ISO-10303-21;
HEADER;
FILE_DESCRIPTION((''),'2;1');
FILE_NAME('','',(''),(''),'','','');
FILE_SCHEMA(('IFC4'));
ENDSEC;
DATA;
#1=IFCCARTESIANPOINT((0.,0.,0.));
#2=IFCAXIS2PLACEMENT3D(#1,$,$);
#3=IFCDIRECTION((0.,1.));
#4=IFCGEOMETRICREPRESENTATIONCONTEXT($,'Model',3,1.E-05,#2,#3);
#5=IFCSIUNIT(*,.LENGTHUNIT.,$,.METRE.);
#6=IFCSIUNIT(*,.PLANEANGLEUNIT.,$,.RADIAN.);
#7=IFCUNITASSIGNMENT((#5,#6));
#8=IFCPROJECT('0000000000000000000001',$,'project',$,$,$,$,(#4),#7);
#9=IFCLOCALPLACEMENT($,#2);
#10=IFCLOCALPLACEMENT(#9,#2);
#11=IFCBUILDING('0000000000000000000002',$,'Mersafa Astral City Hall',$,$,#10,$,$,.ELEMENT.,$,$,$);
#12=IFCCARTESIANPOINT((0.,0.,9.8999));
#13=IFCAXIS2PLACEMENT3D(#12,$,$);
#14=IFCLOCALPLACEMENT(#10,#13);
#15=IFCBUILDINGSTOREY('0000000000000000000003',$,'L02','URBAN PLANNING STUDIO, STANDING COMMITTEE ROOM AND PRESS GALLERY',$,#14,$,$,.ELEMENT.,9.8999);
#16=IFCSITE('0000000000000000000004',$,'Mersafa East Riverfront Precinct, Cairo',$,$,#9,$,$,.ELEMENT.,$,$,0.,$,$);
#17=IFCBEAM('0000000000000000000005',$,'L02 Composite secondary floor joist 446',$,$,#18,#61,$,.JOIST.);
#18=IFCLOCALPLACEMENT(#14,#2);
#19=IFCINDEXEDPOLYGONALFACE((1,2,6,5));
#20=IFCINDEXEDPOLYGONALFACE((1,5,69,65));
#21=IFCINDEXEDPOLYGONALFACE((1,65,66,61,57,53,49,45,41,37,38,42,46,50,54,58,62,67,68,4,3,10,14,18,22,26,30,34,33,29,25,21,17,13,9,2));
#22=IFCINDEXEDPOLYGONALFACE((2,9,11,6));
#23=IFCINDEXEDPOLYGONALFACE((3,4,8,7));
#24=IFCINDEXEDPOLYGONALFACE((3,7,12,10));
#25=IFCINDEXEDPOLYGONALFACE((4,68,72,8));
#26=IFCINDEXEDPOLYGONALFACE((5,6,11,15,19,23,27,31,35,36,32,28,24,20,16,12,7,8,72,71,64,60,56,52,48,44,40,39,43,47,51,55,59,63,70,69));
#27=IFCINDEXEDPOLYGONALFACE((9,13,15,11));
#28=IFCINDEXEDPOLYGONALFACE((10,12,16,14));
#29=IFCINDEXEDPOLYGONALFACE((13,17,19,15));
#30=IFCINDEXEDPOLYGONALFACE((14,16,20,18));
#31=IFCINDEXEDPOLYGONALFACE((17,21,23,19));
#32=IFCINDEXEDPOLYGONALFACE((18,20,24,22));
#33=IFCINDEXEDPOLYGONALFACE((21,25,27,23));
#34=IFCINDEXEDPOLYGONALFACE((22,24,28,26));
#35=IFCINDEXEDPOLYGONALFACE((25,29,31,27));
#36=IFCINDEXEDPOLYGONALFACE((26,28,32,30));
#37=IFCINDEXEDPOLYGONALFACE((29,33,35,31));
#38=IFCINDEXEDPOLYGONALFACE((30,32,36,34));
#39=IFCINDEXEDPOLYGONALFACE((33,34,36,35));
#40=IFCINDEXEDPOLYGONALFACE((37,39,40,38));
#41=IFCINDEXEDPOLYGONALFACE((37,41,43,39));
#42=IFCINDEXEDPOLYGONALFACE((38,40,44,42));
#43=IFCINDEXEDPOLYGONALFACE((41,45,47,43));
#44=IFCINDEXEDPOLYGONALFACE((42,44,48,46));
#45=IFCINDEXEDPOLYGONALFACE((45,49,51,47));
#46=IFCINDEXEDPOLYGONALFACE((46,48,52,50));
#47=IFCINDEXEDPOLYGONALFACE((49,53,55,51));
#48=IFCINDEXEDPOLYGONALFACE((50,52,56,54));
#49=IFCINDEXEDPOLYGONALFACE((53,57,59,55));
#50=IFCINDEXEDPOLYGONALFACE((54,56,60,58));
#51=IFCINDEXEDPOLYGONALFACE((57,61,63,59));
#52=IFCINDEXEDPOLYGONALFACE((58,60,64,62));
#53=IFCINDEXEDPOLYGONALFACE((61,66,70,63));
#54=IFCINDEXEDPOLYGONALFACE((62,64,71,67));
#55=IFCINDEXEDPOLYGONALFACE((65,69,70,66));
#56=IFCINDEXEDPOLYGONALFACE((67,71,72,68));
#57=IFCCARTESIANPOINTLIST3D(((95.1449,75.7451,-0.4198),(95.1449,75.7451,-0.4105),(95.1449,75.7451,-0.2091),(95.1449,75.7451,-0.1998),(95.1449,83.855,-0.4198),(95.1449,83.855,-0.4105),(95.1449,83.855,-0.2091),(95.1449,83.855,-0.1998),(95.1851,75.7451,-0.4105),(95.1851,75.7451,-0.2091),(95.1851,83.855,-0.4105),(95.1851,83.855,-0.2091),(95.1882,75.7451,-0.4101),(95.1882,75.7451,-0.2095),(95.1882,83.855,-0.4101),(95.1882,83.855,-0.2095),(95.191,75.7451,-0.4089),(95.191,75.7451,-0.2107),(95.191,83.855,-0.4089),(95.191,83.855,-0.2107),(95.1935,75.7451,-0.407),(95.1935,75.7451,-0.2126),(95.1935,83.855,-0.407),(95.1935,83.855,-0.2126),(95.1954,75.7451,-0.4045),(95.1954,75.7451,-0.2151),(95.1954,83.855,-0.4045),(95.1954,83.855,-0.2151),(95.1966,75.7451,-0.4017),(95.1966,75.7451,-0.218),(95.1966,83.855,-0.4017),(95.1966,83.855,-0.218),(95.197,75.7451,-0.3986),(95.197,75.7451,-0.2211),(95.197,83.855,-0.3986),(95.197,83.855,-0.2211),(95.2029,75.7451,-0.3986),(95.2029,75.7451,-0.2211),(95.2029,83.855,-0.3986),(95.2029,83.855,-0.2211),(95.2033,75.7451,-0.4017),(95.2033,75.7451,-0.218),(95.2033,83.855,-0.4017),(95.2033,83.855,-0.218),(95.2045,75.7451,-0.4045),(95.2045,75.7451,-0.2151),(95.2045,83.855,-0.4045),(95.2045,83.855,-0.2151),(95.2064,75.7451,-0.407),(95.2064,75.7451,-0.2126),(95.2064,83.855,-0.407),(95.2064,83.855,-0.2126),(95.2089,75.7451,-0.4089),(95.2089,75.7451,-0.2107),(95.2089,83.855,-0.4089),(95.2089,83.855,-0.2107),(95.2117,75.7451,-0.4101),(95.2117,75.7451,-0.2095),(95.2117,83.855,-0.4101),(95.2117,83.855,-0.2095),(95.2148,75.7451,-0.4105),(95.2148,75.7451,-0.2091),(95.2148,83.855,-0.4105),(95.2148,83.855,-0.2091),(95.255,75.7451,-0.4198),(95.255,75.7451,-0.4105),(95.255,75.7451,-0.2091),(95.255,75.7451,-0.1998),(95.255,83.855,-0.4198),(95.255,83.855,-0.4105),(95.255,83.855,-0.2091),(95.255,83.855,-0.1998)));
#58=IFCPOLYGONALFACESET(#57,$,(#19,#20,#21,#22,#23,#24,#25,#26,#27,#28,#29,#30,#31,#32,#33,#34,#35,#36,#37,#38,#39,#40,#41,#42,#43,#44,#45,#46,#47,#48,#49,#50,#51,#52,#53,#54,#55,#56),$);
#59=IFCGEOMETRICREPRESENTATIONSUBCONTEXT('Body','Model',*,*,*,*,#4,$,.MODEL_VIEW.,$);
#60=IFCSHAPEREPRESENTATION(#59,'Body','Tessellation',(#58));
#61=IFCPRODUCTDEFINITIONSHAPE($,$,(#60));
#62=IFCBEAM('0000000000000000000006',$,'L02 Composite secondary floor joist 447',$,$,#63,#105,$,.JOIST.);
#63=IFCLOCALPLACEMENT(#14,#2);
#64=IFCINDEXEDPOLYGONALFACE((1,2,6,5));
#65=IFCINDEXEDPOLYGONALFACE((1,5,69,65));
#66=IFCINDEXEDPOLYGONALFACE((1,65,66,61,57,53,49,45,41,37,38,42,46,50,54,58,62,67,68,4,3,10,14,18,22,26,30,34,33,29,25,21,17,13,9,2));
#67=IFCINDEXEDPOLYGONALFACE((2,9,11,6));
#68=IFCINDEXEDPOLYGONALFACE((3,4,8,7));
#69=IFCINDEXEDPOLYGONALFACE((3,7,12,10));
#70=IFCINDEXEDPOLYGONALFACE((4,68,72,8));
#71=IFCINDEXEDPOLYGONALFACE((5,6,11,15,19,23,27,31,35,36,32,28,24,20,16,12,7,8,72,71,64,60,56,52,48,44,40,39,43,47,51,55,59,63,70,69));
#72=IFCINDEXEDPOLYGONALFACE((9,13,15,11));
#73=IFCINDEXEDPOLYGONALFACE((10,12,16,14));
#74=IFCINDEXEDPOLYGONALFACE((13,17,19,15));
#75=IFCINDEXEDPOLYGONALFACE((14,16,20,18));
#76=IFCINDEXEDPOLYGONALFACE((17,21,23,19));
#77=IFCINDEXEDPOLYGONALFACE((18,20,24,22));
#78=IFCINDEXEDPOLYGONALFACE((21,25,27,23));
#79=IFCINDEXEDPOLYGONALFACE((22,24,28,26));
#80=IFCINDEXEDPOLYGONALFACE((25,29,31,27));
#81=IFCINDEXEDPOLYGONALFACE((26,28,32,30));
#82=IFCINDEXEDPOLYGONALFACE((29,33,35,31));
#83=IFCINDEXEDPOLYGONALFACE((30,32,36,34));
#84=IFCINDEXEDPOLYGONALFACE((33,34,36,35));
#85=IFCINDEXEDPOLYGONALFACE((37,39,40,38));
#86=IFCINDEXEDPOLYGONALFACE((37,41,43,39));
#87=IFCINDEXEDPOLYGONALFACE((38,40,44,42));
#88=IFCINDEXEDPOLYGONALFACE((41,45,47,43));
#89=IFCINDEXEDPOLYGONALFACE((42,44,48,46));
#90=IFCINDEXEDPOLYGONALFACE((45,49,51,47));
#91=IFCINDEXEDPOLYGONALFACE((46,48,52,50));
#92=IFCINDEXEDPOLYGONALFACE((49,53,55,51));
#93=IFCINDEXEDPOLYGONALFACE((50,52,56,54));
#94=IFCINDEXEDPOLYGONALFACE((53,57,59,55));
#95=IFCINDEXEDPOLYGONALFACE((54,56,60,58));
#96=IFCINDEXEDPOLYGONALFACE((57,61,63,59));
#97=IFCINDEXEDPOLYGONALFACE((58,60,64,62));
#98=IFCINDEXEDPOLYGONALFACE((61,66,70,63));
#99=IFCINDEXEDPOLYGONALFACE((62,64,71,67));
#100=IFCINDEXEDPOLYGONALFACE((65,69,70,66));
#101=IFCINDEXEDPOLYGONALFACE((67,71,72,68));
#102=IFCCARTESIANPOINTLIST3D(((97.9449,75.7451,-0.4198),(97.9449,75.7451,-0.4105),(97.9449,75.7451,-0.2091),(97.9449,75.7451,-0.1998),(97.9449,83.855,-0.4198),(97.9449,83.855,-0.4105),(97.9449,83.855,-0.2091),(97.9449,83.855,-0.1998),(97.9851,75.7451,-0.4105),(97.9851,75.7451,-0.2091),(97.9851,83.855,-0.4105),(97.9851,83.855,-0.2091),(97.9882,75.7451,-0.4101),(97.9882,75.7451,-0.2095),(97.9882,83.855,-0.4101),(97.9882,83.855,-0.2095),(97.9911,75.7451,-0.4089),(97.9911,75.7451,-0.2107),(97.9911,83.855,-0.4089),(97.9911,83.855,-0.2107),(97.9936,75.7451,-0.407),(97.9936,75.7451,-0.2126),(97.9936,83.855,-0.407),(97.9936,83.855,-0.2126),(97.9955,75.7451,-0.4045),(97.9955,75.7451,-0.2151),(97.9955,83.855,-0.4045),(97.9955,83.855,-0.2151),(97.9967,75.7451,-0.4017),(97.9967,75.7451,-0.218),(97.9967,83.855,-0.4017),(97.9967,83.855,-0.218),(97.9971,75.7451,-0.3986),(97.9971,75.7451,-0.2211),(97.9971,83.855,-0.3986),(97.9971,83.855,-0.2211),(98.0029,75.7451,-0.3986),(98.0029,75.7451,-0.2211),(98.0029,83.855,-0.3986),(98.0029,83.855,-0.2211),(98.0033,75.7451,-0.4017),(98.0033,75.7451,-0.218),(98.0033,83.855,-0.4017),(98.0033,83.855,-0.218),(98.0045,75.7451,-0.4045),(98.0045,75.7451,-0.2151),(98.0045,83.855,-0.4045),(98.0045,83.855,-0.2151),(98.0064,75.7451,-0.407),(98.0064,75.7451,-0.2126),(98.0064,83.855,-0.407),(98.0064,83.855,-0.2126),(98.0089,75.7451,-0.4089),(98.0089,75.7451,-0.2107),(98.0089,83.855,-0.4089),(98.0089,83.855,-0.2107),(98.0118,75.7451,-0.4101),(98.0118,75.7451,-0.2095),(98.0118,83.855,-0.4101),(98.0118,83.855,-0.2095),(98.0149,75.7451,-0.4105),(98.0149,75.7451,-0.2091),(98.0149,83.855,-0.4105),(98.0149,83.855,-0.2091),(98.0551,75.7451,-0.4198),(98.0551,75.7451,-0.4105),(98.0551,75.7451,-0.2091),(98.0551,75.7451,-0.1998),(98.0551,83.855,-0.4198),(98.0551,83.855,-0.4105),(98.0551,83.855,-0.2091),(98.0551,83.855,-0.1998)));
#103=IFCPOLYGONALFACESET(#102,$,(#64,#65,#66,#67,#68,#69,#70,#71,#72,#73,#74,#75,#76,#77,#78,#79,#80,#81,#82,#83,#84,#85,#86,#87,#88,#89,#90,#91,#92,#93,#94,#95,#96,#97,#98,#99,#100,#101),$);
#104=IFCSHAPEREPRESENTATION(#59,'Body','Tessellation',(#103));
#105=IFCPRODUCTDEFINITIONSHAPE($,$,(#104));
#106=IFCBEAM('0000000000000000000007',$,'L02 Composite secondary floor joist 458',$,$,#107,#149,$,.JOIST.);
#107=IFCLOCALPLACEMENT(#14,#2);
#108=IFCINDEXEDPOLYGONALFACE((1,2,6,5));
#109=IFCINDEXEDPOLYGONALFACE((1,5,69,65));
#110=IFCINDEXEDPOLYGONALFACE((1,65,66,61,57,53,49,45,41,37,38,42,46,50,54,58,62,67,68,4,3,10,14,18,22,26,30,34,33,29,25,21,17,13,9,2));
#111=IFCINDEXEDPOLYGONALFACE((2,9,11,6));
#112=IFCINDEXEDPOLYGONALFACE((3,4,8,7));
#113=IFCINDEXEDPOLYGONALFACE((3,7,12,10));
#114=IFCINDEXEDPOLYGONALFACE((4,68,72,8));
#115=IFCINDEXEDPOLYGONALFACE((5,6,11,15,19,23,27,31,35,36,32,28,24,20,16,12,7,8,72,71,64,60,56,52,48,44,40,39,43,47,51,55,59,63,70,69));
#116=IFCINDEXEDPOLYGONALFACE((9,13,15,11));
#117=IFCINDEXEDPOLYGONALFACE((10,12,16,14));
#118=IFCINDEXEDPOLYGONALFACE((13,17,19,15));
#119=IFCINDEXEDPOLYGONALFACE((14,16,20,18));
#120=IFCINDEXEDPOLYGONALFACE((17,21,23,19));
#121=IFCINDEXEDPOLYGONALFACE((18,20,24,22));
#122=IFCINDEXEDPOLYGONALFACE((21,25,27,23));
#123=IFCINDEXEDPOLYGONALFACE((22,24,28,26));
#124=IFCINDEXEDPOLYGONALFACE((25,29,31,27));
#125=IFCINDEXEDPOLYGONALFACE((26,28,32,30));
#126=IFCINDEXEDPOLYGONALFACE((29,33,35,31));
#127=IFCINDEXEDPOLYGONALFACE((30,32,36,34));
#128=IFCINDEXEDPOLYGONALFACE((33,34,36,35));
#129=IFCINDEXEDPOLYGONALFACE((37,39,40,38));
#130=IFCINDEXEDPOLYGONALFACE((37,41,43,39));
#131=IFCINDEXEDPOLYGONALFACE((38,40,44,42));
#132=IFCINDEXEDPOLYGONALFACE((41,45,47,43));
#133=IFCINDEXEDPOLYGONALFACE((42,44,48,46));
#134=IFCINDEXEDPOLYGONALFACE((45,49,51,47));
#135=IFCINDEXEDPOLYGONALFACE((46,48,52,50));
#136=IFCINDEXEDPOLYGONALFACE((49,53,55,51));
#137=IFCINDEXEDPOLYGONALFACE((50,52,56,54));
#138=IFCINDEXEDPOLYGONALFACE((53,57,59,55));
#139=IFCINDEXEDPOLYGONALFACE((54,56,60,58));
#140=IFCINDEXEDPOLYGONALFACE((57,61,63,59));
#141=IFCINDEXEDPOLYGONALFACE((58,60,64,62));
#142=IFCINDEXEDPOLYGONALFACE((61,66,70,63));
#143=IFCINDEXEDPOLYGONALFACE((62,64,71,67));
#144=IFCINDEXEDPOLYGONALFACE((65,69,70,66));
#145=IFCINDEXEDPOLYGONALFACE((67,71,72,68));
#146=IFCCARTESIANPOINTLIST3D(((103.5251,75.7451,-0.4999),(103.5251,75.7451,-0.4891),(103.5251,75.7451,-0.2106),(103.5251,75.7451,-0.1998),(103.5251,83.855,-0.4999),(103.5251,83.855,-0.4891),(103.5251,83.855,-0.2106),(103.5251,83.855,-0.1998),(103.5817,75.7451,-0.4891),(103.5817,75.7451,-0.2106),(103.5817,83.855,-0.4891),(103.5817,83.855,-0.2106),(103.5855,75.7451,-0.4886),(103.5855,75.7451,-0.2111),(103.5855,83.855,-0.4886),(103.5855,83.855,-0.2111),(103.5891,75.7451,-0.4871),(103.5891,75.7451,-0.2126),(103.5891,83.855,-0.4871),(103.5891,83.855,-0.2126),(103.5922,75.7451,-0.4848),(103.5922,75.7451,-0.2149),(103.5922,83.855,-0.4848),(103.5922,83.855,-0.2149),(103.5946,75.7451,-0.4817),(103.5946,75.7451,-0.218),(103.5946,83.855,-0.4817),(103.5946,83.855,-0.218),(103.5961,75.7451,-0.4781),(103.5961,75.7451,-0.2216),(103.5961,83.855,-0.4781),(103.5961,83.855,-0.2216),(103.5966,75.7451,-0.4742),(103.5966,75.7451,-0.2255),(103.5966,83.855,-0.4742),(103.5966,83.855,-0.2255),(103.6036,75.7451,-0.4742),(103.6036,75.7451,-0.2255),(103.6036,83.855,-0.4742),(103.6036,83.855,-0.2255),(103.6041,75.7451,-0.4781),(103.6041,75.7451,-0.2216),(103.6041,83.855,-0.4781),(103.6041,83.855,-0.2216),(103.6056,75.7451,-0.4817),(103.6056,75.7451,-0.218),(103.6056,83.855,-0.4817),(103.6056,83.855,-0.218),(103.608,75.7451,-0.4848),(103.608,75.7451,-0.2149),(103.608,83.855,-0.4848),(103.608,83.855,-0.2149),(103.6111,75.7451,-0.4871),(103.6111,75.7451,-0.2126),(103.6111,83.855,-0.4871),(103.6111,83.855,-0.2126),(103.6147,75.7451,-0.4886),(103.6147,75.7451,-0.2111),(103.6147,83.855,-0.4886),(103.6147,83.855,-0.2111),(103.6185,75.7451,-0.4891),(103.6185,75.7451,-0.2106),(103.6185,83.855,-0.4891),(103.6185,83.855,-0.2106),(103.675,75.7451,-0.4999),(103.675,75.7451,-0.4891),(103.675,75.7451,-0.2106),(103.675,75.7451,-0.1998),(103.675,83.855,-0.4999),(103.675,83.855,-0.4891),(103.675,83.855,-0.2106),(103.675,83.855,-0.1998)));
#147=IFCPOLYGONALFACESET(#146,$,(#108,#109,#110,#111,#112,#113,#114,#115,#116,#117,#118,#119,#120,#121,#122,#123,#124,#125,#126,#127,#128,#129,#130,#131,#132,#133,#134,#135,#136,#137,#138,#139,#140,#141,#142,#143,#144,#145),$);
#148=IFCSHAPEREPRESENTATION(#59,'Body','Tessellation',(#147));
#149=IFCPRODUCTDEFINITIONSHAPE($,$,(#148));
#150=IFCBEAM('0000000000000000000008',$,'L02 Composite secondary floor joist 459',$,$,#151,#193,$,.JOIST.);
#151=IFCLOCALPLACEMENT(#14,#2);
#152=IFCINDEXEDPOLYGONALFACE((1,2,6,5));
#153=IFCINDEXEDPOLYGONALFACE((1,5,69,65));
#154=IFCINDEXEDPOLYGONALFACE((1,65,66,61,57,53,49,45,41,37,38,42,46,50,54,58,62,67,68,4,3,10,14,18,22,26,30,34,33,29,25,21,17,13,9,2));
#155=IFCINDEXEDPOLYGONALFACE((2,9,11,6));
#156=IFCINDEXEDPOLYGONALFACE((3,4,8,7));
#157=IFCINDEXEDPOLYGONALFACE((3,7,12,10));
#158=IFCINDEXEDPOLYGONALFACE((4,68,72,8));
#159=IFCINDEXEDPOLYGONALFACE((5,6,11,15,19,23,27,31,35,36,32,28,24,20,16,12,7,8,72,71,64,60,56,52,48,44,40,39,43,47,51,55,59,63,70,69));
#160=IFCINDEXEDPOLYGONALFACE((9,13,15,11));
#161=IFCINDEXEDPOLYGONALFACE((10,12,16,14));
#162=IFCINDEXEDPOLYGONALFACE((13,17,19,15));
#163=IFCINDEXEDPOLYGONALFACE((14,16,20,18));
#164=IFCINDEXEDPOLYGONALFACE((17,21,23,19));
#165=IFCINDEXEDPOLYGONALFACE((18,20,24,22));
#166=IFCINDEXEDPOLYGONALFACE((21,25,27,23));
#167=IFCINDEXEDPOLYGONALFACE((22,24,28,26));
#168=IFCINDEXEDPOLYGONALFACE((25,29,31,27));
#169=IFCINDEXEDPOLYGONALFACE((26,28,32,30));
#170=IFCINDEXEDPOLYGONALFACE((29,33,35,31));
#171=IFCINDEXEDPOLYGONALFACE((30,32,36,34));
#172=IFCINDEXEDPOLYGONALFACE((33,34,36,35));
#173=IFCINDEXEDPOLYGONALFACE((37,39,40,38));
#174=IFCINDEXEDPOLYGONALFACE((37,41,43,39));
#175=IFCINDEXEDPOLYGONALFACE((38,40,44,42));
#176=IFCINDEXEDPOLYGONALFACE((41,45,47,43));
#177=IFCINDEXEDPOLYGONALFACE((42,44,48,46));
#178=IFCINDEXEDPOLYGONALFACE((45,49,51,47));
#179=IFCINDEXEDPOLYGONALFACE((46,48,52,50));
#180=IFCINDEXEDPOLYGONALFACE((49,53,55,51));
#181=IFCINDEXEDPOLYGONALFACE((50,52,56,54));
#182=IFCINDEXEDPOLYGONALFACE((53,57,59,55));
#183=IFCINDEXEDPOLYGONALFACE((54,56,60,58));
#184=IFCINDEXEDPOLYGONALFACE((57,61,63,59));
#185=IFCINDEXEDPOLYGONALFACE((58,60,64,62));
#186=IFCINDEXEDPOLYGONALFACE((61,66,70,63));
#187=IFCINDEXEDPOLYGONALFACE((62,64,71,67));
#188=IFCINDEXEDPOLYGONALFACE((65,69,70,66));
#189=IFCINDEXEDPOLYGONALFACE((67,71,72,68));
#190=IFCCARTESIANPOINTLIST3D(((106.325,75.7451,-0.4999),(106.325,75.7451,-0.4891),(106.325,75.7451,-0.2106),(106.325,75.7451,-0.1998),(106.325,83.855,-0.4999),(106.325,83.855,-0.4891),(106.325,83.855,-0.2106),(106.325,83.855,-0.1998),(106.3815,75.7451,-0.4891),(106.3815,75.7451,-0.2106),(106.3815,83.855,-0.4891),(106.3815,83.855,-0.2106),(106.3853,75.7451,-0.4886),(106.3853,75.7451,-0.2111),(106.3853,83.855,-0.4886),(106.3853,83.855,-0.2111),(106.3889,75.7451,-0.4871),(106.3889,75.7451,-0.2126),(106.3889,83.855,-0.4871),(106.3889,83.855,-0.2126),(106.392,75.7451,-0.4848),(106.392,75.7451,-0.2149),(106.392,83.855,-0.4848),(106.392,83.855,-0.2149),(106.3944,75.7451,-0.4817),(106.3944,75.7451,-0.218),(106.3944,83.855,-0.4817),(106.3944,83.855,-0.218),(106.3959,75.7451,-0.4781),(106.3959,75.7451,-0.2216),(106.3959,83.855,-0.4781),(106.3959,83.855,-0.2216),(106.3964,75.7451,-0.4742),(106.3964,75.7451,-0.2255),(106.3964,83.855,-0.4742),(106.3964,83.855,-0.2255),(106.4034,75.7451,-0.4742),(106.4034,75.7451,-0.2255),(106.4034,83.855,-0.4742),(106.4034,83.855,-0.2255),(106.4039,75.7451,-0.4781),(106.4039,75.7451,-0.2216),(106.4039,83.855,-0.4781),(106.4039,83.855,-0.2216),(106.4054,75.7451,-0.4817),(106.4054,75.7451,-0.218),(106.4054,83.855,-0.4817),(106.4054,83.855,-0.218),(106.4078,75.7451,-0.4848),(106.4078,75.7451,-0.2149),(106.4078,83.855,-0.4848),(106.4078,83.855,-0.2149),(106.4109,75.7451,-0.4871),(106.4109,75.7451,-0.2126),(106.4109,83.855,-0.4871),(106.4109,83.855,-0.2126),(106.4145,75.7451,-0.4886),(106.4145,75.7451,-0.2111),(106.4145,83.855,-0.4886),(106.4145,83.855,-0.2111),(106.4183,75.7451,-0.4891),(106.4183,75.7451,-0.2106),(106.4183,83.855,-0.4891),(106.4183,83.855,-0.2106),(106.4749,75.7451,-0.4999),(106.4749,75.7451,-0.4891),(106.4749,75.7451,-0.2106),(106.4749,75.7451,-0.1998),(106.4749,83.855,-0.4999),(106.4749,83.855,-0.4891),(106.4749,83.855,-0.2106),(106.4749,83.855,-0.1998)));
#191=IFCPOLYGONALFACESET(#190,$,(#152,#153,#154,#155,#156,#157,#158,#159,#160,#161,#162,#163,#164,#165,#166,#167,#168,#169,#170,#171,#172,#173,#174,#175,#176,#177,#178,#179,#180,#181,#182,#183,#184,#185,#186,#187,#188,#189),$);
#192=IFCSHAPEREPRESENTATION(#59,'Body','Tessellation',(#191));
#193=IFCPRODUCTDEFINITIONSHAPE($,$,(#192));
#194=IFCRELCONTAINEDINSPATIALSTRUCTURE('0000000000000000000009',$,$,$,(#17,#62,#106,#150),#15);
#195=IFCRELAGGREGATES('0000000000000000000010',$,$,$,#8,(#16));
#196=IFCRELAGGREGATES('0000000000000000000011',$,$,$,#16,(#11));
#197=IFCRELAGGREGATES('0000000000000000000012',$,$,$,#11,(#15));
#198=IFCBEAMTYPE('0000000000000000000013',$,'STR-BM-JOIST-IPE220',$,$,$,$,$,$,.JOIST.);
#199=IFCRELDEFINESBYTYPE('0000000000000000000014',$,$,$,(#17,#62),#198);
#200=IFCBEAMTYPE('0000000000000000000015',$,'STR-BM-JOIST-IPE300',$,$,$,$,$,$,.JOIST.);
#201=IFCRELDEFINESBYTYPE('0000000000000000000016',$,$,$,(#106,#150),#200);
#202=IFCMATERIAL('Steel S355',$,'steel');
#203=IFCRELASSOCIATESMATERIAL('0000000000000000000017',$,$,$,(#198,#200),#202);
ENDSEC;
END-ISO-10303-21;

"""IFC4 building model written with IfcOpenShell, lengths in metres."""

from ifc_helpers import new_model, si_unit, direction, frame, origin, origin_2d, place, context, subcontext, project, spatial, i_section, extrude, material, material_profile, profile_set, type_object, element, save


model = new_model("IFC4")

# Units and contexts
model_context = context("Model", 3, precision=1e-05, world=origin(), true_north=direction((0.0, 1.0)))
body_context = subcontext(model_context, "Body", "Model", "MODEL_VIEW")
ifc_project = project(units=[si_unit("LENGTHUNIT", "METRE"), si_unit("PLANEANGLEUNIT", "RADIAN")], contexts=[model_context])

# Site, building, storey
site_placement = place(None, origin())
site = spatial("IfcSite", under=ifc_project, at=site_placement, Name="Mersafa East Riverfront Precinct, Cairo", CompositionType="ELEMENT", RefElevation=0.0)
building_placement = place(site_placement, origin())
building = spatial("IfcBuilding", under=site, at=building_placement, Name="Mersafa Astral City Hall", CompositionType="ELEMENT")
storey_placement = place(building_placement, frame((0.0, 0.0, 9.8999)))
storey = spatial("IfcBuildingStorey", under=building, at=storey_placement, Name="L02", Description="URBAN PLANNING STUDIO, STANDING COMMITTEE ROOM AND PRESS GALLERY", CompositionType="ELEMENT", Elevation=9.8999)

# Beams
ifc_material_1 = material(Name="Steel S355", Category="steel")
ifc_material_profile_1 = material_profile(ifc_material_1, i_section(OverallWidth=0.1101, OverallDepth=0.22, WebThickness=0.0059, FlangeThickness=0.0093, FilletRadius=0.012, at=origin_2d()), Name="IPE 220")
ifc_profile_set_1 = profile_set([ifc_material_profile_1], Name="Steel S355")
beam_type_1 = type_object("IfcBeamType", Name="STR-BM-JOIST-IPE220", PredefinedType="JOIST", material=ifc_profile_set_1)
for number, where, z_axis, x_axis, name in (
    (1, (95.2, 75.7451, -0.3098), (0.0, 1.0, 0.0), (-1.0, 0.0, 0.0), "L02 Composite secondary floor joist 446"),
    (2, (98.0, 75.7451, -0.3098), (0.0, 1.0, 0.0), (-1.0, 0.0, 0.0), "L02 Composite secondary floor joist 447"),
):
    element("IfcBeam", number, at=place(storey_placement, frame(where, z_axis=z_axis, x_axis=x_axis)), inside=storey, type_object=beam_type_1, Name=name, PredefinedType="JOIST", context=body_context, shape_type="SweptSolid", body=[
        extrude(i_section(OverallWidth=0.1101, OverallDepth=0.22, WebThickness=0.0059, FlangeThickness=0.0093, FilletRadius=0.012, at=origin_2d()), origin(), (0.0, 0.0, 1.0), 8.1099),
    ])
ifc_material_profile_2 = material_profile(ifc_material_1, i_section(OverallWidth=0.1499, OverallDepth=0.3, WebThickness=0.0071, FlangeThickness=0.0107, FilletRadius=0.0149, at=origin_2d()), Name="IPE 300")
ifc_profile_set_2 = profile_set([ifc_material_profile_2], Name="Steel S355")
beam_type_2 = type_object("IfcBeamType", Name="STR-BM-JOIST-IPE300", PredefinedType="JOIST", material=ifc_profile_set_2)
for number, where, z_axis, x_axis, name in (
    (3, (103.6001, 75.7451, -0.3499), (0.0, 1.0, 0.0), (-1.0, 0.0, 0.0), "L02 Composite secondary floor joist 458"),
    (4, (106.3999, 75.7451, -0.3499), (0.0, 1.0, 0.0), (-1.0, 0.0, 0.0), "L02 Composite secondary floor joist 459"),
):
    element("IfcBeam", number, at=place(storey_placement, frame(where, z_axis=z_axis, x_axis=x_axis)), inside=storey, type_object=beam_type_2, Name=name, PredefinedType="JOIST", context=body_context, shape_type="SweptSolid", body=[
        extrude(i_section(OverallWidth=0.1499, OverallDepth=0.3, WebThickness=0.0071, FlangeThickness=0.0107, FilletRadius=0.0149, at=origin_2d()), origin(), (0.0, 0.0, 1.0), 8.1099),
    ])

save(model, "model.ifc")
